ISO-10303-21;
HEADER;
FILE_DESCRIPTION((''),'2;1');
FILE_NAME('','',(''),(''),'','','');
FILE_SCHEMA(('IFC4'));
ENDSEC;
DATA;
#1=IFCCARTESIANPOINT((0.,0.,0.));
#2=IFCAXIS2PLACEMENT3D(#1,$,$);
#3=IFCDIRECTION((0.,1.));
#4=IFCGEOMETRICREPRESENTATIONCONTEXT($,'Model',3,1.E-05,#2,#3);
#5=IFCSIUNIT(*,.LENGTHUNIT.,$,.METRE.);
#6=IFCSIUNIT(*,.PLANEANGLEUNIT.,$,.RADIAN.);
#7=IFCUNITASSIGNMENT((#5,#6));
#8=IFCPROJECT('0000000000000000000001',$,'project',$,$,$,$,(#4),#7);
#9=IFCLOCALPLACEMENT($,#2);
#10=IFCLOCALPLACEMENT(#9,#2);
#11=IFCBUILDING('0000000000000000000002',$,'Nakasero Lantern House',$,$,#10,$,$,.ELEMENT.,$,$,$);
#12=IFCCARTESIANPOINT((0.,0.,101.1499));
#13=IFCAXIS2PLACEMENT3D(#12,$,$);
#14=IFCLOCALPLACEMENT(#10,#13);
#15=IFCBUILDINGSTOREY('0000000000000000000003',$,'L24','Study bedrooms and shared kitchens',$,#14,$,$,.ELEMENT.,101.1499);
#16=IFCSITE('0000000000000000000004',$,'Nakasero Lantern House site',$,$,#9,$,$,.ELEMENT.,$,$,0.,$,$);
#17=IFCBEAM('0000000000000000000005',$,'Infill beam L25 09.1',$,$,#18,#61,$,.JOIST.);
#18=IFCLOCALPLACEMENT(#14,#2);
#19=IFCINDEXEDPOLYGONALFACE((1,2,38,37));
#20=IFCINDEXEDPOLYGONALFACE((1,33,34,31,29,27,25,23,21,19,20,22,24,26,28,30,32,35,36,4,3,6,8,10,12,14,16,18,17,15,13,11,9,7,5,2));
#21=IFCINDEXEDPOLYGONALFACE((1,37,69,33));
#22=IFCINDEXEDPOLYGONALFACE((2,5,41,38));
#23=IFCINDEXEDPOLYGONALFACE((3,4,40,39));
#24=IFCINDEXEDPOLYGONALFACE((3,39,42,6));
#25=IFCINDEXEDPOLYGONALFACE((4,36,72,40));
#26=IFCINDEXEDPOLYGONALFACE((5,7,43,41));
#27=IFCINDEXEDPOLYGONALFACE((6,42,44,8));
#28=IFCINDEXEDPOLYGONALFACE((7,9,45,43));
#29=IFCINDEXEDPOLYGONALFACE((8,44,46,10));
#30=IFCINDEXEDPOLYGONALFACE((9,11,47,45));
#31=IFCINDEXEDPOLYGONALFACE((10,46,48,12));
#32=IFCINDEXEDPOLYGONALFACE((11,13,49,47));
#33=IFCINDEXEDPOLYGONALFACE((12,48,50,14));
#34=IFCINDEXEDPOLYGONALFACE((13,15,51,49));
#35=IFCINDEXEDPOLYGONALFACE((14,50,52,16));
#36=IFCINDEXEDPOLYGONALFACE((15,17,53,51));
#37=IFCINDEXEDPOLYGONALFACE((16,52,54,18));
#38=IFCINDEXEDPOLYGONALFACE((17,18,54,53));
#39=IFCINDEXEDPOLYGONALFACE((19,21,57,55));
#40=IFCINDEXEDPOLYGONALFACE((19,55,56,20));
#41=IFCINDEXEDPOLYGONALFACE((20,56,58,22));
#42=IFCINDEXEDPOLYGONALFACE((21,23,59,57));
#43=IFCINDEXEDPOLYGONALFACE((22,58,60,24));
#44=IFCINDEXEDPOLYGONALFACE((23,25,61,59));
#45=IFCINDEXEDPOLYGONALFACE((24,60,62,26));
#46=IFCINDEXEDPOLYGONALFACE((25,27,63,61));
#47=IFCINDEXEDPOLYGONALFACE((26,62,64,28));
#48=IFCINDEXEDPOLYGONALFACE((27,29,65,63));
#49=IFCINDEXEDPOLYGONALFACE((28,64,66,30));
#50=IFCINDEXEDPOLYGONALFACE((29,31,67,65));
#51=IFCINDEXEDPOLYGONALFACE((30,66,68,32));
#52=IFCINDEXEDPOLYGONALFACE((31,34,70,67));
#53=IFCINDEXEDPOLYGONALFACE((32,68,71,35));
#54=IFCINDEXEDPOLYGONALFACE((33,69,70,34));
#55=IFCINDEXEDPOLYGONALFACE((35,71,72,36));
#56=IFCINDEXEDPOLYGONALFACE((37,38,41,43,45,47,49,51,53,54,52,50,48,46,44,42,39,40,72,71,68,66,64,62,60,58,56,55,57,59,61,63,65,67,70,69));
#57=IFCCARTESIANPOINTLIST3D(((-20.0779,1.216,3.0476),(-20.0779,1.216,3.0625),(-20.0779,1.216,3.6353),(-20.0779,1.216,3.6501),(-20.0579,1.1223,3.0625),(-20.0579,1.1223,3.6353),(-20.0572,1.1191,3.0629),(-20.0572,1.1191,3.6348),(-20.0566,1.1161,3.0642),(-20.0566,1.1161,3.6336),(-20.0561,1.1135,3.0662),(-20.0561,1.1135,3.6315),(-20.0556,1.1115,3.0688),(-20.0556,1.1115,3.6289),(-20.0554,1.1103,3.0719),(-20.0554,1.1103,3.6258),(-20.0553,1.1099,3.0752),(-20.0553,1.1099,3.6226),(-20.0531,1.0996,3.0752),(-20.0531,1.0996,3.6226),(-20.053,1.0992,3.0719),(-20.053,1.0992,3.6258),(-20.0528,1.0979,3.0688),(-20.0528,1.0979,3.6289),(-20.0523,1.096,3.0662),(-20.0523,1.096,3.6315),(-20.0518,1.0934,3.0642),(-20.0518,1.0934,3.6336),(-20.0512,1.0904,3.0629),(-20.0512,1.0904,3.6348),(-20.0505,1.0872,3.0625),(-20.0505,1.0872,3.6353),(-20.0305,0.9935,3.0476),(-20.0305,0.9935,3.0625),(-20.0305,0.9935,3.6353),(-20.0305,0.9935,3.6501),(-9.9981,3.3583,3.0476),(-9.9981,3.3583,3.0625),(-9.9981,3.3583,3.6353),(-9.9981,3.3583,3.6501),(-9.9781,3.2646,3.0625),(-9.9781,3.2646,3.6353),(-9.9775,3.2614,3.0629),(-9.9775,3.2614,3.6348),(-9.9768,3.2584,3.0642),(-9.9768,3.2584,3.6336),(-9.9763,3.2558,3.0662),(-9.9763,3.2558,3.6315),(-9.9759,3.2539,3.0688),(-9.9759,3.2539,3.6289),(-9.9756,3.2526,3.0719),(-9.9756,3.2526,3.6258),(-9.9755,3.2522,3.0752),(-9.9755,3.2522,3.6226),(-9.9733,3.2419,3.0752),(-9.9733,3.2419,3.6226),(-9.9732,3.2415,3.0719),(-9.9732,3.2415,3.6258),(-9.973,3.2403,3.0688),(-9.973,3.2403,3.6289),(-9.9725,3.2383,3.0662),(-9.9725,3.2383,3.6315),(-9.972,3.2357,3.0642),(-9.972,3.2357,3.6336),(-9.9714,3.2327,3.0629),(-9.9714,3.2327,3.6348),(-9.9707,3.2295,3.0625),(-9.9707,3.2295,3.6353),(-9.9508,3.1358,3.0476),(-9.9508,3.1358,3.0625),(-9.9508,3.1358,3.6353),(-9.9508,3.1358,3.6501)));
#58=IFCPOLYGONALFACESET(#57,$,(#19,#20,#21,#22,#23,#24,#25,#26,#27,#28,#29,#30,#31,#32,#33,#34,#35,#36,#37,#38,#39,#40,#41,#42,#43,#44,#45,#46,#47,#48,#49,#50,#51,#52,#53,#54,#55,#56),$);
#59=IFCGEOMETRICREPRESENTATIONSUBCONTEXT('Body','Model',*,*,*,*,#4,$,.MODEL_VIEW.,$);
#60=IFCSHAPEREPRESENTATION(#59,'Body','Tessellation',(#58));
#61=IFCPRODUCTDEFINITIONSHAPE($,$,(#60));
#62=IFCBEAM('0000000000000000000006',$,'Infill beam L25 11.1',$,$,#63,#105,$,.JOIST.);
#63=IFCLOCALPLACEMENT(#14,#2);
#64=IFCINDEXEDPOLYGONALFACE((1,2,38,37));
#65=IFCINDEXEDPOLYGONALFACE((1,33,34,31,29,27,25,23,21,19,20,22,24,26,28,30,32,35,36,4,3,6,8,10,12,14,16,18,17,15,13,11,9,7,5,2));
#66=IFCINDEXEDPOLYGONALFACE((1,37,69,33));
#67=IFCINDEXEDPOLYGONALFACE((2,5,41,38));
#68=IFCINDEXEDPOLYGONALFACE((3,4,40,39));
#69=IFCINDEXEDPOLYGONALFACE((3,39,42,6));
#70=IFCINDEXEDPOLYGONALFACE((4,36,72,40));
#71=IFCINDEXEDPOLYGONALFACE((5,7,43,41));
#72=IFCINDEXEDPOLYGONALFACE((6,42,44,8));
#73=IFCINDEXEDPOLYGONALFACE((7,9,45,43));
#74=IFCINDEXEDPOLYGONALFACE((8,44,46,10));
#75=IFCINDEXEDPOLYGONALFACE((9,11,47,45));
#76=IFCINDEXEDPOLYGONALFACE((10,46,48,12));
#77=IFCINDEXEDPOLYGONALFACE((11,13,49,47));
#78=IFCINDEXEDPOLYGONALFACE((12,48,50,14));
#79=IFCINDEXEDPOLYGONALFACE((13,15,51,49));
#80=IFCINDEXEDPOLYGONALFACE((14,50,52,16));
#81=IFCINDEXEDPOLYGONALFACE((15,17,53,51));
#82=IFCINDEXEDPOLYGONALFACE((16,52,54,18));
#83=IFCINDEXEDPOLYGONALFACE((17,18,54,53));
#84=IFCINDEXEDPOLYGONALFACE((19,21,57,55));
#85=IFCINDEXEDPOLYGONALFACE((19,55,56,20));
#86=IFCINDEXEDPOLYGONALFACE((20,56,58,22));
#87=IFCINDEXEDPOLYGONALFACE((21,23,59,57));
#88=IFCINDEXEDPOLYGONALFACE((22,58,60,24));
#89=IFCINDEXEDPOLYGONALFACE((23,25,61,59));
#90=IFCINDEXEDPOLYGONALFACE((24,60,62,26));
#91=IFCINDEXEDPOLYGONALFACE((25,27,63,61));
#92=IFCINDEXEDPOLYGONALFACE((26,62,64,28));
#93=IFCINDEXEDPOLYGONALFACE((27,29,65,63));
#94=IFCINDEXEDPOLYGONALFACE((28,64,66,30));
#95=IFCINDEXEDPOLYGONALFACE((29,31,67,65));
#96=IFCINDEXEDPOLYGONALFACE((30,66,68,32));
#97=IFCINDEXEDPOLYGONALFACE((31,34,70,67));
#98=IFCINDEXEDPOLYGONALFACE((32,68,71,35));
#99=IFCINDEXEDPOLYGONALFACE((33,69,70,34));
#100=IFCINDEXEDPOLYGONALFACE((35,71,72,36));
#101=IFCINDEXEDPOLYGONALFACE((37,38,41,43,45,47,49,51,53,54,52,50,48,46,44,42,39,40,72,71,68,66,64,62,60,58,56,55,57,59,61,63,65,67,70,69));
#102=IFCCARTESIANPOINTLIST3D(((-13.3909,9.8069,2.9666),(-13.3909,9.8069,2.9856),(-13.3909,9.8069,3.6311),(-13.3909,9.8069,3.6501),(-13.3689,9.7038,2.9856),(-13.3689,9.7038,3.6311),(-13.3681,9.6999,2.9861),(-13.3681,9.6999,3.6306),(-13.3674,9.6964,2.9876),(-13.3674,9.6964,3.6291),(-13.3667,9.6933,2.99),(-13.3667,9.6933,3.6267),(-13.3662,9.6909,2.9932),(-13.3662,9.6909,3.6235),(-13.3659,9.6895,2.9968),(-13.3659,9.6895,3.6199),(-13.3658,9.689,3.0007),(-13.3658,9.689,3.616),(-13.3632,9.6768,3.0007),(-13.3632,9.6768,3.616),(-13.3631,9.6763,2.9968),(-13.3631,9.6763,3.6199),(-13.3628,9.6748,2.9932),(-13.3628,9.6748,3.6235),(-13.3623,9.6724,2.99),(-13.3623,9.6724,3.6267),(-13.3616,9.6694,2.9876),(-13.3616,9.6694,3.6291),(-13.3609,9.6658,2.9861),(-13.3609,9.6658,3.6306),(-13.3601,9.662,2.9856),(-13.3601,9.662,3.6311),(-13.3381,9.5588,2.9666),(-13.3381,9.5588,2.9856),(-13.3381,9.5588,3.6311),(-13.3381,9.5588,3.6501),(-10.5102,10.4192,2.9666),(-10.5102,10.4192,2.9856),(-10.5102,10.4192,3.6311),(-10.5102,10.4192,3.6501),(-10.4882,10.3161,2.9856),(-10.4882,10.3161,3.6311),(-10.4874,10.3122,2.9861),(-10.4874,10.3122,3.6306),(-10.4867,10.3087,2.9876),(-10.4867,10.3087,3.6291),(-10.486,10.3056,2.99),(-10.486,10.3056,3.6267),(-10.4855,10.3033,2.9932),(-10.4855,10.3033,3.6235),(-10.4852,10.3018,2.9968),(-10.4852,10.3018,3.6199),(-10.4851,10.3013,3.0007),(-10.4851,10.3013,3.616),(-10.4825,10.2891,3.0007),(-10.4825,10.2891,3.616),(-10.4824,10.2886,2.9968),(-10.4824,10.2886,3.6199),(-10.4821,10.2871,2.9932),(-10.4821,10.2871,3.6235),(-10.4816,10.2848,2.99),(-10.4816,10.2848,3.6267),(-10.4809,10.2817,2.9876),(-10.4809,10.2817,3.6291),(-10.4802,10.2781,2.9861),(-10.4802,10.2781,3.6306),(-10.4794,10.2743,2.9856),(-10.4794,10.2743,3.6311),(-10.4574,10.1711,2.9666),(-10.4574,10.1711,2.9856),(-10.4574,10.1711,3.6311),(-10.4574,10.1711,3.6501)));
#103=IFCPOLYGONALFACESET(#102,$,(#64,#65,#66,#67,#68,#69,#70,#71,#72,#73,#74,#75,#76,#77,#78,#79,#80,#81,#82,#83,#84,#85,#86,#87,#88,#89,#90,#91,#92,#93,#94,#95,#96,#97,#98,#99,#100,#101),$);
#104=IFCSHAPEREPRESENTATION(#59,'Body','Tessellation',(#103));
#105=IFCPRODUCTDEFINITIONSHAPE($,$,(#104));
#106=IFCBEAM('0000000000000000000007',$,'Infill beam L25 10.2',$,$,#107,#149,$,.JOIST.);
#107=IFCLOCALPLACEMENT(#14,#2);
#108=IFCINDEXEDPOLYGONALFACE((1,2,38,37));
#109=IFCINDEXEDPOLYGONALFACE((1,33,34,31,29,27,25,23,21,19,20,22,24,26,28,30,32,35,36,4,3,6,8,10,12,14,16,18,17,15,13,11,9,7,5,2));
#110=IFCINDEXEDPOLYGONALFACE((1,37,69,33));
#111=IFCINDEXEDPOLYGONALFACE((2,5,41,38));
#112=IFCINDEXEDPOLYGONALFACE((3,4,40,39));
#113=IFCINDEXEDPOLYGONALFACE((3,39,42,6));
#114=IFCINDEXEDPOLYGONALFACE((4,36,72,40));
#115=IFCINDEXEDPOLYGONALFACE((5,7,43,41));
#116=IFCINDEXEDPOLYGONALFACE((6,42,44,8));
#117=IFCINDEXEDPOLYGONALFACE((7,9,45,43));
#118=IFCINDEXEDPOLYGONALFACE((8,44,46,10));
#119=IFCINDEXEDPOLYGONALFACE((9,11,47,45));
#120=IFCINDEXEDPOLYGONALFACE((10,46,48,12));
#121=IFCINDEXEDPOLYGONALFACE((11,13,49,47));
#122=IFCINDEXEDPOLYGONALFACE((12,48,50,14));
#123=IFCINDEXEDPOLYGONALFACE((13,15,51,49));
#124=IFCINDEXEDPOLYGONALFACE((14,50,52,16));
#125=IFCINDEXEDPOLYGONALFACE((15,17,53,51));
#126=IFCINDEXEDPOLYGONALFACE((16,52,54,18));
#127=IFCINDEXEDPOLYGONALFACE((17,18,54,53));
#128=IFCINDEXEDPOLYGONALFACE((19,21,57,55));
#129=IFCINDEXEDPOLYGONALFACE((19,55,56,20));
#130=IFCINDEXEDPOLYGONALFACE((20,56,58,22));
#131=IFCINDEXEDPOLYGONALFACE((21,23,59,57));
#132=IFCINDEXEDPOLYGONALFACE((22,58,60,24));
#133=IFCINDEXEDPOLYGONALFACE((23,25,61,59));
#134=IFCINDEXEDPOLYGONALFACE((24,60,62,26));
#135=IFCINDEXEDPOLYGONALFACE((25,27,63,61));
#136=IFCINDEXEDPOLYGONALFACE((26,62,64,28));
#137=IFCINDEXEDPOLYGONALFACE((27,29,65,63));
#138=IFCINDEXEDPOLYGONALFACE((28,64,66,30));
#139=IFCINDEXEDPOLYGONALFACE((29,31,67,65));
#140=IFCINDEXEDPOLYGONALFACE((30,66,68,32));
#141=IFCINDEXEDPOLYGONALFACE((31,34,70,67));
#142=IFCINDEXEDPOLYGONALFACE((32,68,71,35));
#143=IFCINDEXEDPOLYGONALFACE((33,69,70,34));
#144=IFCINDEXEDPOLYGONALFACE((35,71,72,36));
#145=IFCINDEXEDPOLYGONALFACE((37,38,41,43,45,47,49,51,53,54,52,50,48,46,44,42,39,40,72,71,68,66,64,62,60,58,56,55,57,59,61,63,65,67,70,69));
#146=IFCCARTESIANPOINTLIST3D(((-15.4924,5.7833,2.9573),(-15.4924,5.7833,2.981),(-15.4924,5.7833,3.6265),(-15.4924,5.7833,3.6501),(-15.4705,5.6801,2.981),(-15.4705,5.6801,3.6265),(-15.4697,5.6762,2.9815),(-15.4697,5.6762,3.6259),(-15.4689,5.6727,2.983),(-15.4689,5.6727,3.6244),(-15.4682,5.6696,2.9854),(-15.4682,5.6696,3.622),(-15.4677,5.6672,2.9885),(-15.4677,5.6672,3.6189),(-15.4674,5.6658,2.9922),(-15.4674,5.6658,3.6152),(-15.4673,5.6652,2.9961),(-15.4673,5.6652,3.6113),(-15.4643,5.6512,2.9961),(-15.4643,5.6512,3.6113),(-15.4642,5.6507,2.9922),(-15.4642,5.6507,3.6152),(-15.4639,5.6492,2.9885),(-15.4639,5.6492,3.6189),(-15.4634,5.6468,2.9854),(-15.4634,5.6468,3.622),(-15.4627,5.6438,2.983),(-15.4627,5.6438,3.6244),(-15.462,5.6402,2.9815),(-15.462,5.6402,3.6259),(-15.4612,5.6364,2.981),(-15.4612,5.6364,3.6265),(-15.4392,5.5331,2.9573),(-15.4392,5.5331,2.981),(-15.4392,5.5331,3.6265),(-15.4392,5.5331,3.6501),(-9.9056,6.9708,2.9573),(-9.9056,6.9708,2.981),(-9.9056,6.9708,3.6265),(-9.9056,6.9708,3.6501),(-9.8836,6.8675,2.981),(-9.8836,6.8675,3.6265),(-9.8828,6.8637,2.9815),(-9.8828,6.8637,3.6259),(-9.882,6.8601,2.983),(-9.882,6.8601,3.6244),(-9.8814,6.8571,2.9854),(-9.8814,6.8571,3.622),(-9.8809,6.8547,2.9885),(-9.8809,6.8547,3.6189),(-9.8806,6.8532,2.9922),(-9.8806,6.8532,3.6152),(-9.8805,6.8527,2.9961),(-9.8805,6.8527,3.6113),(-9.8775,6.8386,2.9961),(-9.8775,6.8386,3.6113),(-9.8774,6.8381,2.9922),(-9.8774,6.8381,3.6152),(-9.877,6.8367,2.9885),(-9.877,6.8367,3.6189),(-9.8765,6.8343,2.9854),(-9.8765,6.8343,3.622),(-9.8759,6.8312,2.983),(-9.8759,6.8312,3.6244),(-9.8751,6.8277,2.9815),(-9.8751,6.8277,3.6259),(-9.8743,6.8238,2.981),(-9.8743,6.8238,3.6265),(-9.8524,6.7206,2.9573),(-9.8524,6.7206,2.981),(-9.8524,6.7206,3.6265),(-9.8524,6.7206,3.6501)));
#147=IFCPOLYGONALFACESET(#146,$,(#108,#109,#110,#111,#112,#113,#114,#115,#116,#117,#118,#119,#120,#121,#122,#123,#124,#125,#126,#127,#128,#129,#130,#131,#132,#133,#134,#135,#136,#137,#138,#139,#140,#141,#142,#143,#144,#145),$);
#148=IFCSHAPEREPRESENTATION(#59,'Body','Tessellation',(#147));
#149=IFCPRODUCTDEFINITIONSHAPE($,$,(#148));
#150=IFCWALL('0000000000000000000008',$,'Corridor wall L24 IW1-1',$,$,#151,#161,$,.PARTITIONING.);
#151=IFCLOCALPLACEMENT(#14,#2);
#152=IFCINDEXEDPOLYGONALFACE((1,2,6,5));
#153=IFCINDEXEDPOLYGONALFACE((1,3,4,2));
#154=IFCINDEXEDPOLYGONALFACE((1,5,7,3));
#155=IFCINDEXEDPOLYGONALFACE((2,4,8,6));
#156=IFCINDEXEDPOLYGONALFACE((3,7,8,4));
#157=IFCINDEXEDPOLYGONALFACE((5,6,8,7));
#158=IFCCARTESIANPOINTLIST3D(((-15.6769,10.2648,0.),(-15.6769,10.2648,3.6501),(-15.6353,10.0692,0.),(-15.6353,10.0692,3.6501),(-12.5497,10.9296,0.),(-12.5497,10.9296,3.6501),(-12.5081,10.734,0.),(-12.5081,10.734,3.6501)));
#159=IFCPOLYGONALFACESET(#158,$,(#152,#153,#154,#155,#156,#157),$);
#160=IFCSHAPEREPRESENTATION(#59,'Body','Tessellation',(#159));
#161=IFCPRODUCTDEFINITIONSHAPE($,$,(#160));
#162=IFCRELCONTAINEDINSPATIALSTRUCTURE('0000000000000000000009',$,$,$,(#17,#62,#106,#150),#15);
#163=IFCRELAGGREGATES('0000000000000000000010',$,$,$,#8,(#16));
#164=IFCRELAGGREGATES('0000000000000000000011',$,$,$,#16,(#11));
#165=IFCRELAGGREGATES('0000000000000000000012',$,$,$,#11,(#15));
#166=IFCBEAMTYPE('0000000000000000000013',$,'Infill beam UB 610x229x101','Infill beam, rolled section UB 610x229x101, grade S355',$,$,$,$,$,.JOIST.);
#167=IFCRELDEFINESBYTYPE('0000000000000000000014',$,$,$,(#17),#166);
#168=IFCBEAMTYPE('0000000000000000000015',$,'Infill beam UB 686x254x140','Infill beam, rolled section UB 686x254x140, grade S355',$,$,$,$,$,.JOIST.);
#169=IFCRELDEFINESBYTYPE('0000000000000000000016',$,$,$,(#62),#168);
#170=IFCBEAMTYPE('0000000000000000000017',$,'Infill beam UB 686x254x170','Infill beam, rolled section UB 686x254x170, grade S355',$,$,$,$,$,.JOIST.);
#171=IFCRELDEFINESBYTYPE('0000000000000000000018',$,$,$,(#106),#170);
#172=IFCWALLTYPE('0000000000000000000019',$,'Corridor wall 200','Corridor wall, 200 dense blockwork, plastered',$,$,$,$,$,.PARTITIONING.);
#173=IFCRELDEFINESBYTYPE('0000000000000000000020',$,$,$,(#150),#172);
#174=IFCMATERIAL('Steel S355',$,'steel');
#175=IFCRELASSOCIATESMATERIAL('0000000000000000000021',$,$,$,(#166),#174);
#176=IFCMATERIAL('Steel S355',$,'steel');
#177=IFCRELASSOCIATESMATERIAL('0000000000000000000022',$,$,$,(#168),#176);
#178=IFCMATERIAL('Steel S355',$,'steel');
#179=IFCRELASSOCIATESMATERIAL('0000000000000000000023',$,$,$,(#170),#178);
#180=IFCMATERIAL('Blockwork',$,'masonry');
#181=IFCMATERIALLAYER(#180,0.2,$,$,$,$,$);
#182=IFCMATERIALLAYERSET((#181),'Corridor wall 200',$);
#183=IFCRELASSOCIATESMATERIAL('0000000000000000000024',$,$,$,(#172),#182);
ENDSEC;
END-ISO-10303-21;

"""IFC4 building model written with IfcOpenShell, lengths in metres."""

from ifc_helpers import new_model, si_unit, direction, frame, frame_2d, origin, origin_2d, place, context, subcontext, project, spatial, rectangle, i_section, extrude, material, layer, layer_set, material_profile, profile_set, type_object, element, save


model = new_model("IFC4")

# Units and contexts
model_context = context("Model", 3, precision=1e-05, world=origin(), true_north=direction((0.0, 1.0)))
body_context = subcontext(model_context, "Body", "Model", "MODEL_VIEW")
ifc_project = project(units=[si_unit("LENGTHUNIT", "METRE"), si_unit("PLANEANGLEUNIT", "RADIAN")], contexts=[model_context])

# Site, building, storey
site_placement = place(None, origin())
site = spatial("IfcSite", under=ifc_project, at=site_placement, Name="Nakasero Lantern House site", CompositionType="ELEMENT", RefElevation=0.0)
building_placement = place(site_placement, origin())
building = spatial("IfcBuilding", under=site, at=building_placement, Name="Nakasero Lantern House", CompositionType="ELEMENT")
storey_placement = place(building_placement, frame((0.0, 0.0, 101.1499)))
storey = spatial("IfcBuildingStorey", under=building, at=storey_placement, Name="L24", Description="Study bedrooms and shared kitchens", CompositionType="ELEMENT", Elevation=101.1499)

# Beams
ifc_material_1 = material(Name="Steel S355", Category="steel")
ifc_material_profile_1 = material_profile(ifc_material_1, i_section(OverallWidth=0.2275, OverallDepth=0.6025, WebThickness=0.0105, FlangeThickness=0.0149, FilletRadius=0.0127, at=origin_2d()), Name="UB 610x229x101")
ifc_profile_set_1 = profile_set([ifc_material_profile_1], Name="Steel S355")
beam_type_1 = type_object("IfcBeamType", Name="Infill beam UB 610x229x101", Description="Infill beam, rolled section UB 610x229x101, grade S355", PredefinedType="JOIST", material=ifc_profile_set_1)
beam_1_placement = place(storey_placement, frame((-20.0542, 1.1047, 3.3489), z_axis=(0.978152, 0.207893, 0.0), x_axis=(-0.207893, 0.978152, 0.0)))
element("IfcBeam", 1, at=beam_1_placement, inside=storey, type_object=beam_type_1, Name="Infill beam L25 09.1", PredefinedType="JOIST", context=body_context, shape_type="SweptSolid", body=[
    extrude(i_section(OverallWidth=0.2275, OverallDepth=0.6025, WebThickness=0.0105, FlangeThickness=0.0149, FilletRadius=0.0127, at=origin_2d()), origin(), (0.0, 0.0, 1.0), 10.3049),
])
ifc_material_2 = material(Name="Steel S355", Category="steel")
ifc_material_profile_2 = material_profile(ifc_material_2, i_section(OverallWidth=0.2537, OverallDepth=0.6836, WebThickness=0.0125, FlangeThickness=0.019, FilletRadius=0.0151, at=origin_2d()), Name="UB 686x254x140")
ifc_profile_set_2 = profile_set([ifc_material_profile_2], Name="Steel S355")
beam_type_2 = type_object("IfcBeamType", Name="Infill beam UB 686x254x140", Description="Infill beam, rolled section UB 686x254x140, grade S355", PredefinedType="JOIST", material=ifc_profile_set_2)
beam_2_placement = place(storey_placement, frame((-13.3645, 9.6829, 3.3083), z_axis=(0.978147, 0.207915, 0.0), x_axis=(-0.207915, 0.978147, 0.0)))
element("IfcBeam", 2, at=beam_2_placement, inside=storey, type_object=beam_type_2, Name="Infill beam L25 11.1", PredefinedType="JOIST", context=body_context, shape_type="SweptSolid", body=[
    extrude(i_section(OverallWidth=0.2537, OverallDepth=0.6836, WebThickness=0.0125, FlangeThickness=0.019, FilletRadius=0.0151, at=origin_2d()), origin(), (0.0, 0.0, 1.0), 2.9451),
])
ifc_material_3 = material(Name="Steel S355", Category="steel")
ifc_material_profile_3 = material_profile(ifc_material_3, i_section(OverallWidth=0.2559, OverallDepth=0.6929, WebThickness=0.0144, FlangeThickness=0.0237, FilletRadius=0.0151, at=origin_2d()), Name="UB 686x254x170")
ifc_profile_set_3 = profile_set([ifc_material_profile_3], Name="Steel S355")
beam_type_3 = type_object("IfcBeamType", Name="Infill beam UB 686x254x170", Description="Infill beam, rolled section UB 686x254x170, grade S355", PredefinedType="JOIST", material=ifc_profile_set_3)
beam_3_placement = place(storey_placement, frame((-15.4658, 5.6582, 3.3037), z_axis=(0.978149, 0.207906, 0.0), x_axis=(-0.207906, 0.978149, 0.0)))
element("IfcBeam", 3, at=beam_3_placement, inside=storey, type_object=beam_type_3, Name="Infill beam L25 10.2", PredefinedType="JOIST", context=body_context, shape_type="SweptSolid", body=[
    extrude(i_section(OverallWidth=0.2559, OverallDepth=0.6929, WebThickness=0.0144, FlangeThickness=0.0237, FilletRadius=0.0151, at=origin_2d()), origin(), (0.0, 0.0, 1.0), 5.7117),
])

# Wall
ifc_material_4 = material(Name="Blockwork", Category="masonry")
ifc_layer_1 = layer(ifc_material_4, 0.2)
ifc_layer_set_1 = layer_set([ifc_layer_1], Name="Corridor wall 200")
wall_type_1 = type_object("IfcWallType", Name="Corridor wall 200", Description="Corridor wall, 200 dense blockwork, plastered", PredefinedType="PARTITIONING", material=ifc_layer_set_1)
wall_1_placement = place(storey_placement, frame((-12.5288, 10.8318, 0.0), z_axis=(0.0, 0.0, 1.0), x_axis=(-0.978142, -0.207938, 0.0)))
element("IfcWall", 4, at=wall_1_placement, inside=storey, type_object=wall_type_1, Name="Corridor wall L24 IW1-1", PredefinedType="PARTITIONING", context=body_context, shape_type="SweptSolid", body=[
    extrude(rectangle(XDim=3.197, YDim=0.2, at=frame_2d((1.5986, 0.0))), origin(), (0.0, 0.0, 1.0), 3.6501),
])

save(model, "model.ifc")
